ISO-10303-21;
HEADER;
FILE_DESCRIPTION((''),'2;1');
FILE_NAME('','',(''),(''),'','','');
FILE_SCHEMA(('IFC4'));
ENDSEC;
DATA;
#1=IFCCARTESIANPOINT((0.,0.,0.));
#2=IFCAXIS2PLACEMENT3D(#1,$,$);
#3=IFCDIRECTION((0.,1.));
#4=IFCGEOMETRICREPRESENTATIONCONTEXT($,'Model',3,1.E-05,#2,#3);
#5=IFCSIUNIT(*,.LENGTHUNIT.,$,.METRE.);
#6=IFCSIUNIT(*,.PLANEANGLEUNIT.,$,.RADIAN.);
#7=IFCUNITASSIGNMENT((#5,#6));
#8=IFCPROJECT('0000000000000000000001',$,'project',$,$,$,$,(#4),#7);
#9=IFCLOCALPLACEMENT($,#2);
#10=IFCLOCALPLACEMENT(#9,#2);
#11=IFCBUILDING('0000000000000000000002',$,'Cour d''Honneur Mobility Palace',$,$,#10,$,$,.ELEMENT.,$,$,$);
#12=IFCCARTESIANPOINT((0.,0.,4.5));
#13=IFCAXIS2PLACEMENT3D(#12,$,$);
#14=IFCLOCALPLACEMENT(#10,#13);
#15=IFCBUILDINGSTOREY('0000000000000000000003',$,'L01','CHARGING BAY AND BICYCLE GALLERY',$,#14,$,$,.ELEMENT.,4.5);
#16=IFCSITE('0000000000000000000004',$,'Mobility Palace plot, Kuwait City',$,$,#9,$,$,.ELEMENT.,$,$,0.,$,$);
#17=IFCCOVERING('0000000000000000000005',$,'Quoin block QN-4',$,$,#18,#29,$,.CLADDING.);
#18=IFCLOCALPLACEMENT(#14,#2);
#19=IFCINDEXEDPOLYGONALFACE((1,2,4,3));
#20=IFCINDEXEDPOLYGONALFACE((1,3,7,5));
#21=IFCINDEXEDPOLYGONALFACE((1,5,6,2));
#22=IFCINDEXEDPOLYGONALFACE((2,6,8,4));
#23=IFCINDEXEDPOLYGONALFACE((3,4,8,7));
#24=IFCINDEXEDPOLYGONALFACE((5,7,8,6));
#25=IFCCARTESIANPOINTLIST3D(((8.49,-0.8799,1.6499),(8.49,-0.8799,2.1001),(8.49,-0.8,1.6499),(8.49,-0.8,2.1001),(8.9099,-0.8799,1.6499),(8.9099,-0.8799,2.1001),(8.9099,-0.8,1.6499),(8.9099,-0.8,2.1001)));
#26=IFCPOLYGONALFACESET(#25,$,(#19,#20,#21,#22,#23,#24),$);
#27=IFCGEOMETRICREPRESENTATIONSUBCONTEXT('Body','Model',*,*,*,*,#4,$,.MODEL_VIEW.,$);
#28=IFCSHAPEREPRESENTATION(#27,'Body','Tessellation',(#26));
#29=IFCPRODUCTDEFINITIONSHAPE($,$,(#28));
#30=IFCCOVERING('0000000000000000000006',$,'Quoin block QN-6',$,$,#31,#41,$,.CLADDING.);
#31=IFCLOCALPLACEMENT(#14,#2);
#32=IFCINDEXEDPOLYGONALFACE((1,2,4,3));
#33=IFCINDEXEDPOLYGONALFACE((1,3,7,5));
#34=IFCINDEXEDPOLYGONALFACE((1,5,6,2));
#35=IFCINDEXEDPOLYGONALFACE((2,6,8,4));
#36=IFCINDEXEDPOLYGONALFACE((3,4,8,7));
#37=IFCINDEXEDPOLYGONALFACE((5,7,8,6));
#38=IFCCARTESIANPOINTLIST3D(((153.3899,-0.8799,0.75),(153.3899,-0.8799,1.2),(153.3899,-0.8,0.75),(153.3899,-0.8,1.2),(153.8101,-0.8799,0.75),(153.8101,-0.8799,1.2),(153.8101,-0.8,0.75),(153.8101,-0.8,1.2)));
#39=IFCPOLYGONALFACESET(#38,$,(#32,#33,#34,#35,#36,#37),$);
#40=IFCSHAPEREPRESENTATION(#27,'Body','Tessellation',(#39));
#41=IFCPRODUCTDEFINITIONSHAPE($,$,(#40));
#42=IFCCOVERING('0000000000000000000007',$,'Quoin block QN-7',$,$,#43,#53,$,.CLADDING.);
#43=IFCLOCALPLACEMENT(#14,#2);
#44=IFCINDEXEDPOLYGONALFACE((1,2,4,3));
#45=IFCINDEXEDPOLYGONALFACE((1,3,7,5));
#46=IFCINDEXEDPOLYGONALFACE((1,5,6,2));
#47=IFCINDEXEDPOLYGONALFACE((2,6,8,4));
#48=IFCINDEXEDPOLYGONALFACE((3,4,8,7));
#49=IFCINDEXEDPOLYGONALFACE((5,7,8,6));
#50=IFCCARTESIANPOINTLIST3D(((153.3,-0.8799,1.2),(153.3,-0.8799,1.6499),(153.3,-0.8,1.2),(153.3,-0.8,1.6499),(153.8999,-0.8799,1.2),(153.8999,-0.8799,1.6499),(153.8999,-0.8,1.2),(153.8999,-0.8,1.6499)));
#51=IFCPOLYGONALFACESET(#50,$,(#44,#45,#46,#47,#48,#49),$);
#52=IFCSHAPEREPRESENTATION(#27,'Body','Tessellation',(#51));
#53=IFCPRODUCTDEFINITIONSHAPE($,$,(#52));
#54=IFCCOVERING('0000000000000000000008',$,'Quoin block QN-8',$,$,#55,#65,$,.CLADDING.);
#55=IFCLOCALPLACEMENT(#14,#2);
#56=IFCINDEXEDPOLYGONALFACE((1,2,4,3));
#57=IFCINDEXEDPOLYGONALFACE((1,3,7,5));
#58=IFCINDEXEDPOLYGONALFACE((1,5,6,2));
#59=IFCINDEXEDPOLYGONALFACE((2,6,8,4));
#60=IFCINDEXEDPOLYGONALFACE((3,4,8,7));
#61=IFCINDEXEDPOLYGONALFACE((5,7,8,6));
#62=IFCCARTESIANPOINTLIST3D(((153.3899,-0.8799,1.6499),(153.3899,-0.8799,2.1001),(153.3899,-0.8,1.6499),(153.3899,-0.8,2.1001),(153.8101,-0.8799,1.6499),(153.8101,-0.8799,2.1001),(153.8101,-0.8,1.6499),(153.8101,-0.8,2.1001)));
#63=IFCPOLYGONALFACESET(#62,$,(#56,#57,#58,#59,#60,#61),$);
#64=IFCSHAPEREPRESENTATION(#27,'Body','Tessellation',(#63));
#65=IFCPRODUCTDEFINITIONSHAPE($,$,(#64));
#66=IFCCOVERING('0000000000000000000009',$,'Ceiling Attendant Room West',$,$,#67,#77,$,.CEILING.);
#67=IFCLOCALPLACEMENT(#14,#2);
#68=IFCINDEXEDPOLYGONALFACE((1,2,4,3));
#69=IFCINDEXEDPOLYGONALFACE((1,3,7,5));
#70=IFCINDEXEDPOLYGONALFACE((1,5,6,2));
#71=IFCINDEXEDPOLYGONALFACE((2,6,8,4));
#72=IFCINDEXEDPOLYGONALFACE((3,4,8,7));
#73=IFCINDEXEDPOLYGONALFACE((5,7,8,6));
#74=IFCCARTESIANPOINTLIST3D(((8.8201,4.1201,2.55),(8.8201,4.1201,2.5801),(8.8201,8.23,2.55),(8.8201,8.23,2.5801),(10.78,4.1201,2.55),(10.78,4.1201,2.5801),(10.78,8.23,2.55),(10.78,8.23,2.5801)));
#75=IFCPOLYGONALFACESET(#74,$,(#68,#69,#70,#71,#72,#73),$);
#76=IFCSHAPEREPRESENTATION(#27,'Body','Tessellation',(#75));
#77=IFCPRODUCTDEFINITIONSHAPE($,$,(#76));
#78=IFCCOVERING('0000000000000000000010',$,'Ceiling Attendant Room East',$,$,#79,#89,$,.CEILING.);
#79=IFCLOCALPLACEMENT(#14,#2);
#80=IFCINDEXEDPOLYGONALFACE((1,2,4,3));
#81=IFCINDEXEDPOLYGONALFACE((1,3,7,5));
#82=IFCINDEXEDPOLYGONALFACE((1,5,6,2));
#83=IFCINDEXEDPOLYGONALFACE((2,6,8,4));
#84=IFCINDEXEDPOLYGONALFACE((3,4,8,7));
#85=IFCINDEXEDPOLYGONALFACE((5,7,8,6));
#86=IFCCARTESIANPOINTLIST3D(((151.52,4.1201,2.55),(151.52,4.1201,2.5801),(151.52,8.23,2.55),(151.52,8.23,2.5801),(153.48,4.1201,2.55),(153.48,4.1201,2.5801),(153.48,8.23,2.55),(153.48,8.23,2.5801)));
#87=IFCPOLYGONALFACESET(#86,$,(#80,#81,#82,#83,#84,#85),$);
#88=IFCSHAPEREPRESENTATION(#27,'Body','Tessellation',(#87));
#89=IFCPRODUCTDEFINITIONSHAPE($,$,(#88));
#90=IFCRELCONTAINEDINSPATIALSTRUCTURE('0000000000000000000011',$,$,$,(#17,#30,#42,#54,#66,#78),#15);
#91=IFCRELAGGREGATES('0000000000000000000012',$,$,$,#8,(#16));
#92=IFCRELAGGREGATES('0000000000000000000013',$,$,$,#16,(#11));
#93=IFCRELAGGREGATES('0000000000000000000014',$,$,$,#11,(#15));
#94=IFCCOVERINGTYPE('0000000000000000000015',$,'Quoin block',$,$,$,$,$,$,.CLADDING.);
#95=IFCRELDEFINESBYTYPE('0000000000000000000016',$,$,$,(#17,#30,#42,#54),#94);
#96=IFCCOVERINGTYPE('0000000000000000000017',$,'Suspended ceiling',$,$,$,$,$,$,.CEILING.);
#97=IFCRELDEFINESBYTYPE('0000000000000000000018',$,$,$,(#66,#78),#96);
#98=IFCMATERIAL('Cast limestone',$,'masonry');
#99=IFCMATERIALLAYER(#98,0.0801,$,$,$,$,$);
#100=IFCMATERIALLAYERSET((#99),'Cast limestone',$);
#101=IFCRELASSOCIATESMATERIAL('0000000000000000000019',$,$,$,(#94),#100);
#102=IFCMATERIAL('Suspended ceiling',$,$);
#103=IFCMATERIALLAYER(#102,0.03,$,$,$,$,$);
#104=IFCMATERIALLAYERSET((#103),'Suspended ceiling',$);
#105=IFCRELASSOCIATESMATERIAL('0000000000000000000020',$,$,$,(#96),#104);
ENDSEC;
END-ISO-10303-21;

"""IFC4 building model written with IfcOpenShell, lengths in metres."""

from ifc_helpers import new_model, si_unit, direction, frame, origin, place, context, subcontext, project, spatial, polyline, outline, extrude, material, layer, layer_set, type_object, element, save


model = new_model("IFC4")

# Units and contexts
model_context = context("Model", 3, precision=1e-05, world=origin(), true_north=direction((0.0, 1.0)))
body_context = subcontext(model_context, "Body", "Model", "MODEL_VIEW")
ifc_project = project(units=[si_unit("LENGTHUNIT", "METRE"), si_unit("PLANEANGLEUNIT", "RADIAN")], contexts=[model_context])

# Site, building, storey
site_placement = place(None, origin())
site = spatial("IfcSite", under=ifc_project, at=site_placement, Name="Mobility Palace plot, Kuwait City", CompositionType="ELEMENT", RefElevation=0.0)
building_placement = place(site_placement, origin())
building = spatial("IfcBuilding", under=site, at=building_placement, Name="Cour d'Honneur Mobility Palace", CompositionType="ELEMENT")
storey_placement = place(building_placement, frame((0.0, 0.0, 4.5)))
storey = spatial("IfcBuildingStorey", under=building, at=storey_placement, Name="L01", Description="CHARGING BAY AND BICYCLE GALLERY", CompositionType="ELEMENT", Elevation=4.5)

# Coverings
ifc_material_1 = material(Name="Cast limestone", Category="masonry")
ifc_layer_1 = layer(ifc_material_1, 0.0801)
ifc_layer_set_1 = layer_set([ifc_layer_1], Name="Cast limestone")
covering_type_1 = type_object("IfcCoveringType", Name="Quoin block", PredefinedType="CLADDING", material=ifc_layer_set_1)
covering_1_placement = place(storey_placement, frame((0.0, 0.0, 1.6499)))
element("IfcCovering", 1, at=covering_1_placement, inside=storey, type_object=covering_type_1, Name="Quoin block QN-4", PredefinedType="CLADDING", context=body_context, shape_type="SweptSolid", body=[
    extrude(outline(polyline([(8.49, -0.8), (8.9099, -0.8), (8.9099, -0.8799), (8.49, -0.8799), (8.49, -0.8)])), origin(), (0.0, 0.0, 1.0), 0.4502),
])
covering_2_placement = place(storey_placement, frame((0.0, 0.0, 0.75)))
element("IfcCovering", 2, at=covering_2_placement, inside=storey, type_object=covering_type_1, Name="Quoin block QN-6", PredefinedType="CLADDING", context=body_context, shape_type="SweptSolid", body=[
    extrude(outline(polyline([(153.3899, -0.8), (153.8101, -0.8), (153.8101, -0.8799), (153.3899, -0.8799), (153.3899, -0.8)])), origin(), (0.0, 0.0, 1.0), 0.45),
])
covering_3_placement = place(storey_placement, frame((0.0, 0.0, 1.2)))
element("IfcCovering", 3, at=covering_3_placement, inside=storey, type_object=covering_type_1, Name="Quoin block QN-7", PredefinedType="CLADDING", context=body_context, shape_type="SweptSolid", body=[
    extrude(outline(polyline([(153.3, -0.8), (153.8999, -0.8), (153.8999, -0.8799), (153.3, -0.8799), (153.3, -0.8)])), origin(), (0.0, 0.0, 1.0), 0.45),
])
covering_4_placement = place(storey_placement, frame((0.0, 0.0, 1.6499)))
element("IfcCovering", 4, at=covering_4_placement, inside=storey, type_object=covering_type_1, Name="Quoin block QN-8", PredefinedType="CLADDING", context=body_context, shape_type="SweptSolid", body=[
    extrude(outline(polyline([(153.3899, -0.8), (153.8101, -0.8), (153.8101, -0.8799), (153.3899, -0.8799), (153.3899, -0.8)])), origin(), (0.0, 0.0, 1.0), 0.4502),
])
ifc_material_2 = material(Name="Suspended ceiling")
ifc_layer_2 = layer(ifc_material_2, 0.03)
ifc_layer_set_2 = layer_set([ifc_layer_2], Name="Suspended ceiling")
covering_type_2 = type_object("IfcCoveringType", Name="Suspended ceiling", PredefinedType="CEILING", material=ifc_layer_set_2)
covering_5_placement = place(storey_placement, frame((0.0, 0.0, 2.55)))
element("IfcCovering", 5, at=covering_5_placement, inside=storey, type_object=covering_type_2, Name="Ceiling Attendant Room West", PredefinedType="CEILING", context=body_context, shape_type="SweptSolid", body=[
    extrude(outline(polyline([(10.78, 4.1201), (8.8201, 4.1201), (8.8201, 8.23), (10.78, 8.23), (10.78, 4.1201)])), origin(), (0.0, 0.0, 1.0), 0.03),
])
covering_6_placement = place(storey_placement, frame((0.0, 0.0, 2.55)))
element("IfcCovering", 6, at=covering_6_placement, inside=storey, type_object=covering_type_2, Name="Ceiling Attendant Room East", PredefinedType="CEILING", context=body_context, shape_type="SweptSolid", body=[
    extrude(outline(polyline([(153.48, 4.1201), (151.52, 4.1201), (151.52, 8.23), (153.48, 8.23), (153.48, 4.1201)])), origin(), (0.0, 0.0, 1.0), 0.03),
])

save(model, "model.ifc")
